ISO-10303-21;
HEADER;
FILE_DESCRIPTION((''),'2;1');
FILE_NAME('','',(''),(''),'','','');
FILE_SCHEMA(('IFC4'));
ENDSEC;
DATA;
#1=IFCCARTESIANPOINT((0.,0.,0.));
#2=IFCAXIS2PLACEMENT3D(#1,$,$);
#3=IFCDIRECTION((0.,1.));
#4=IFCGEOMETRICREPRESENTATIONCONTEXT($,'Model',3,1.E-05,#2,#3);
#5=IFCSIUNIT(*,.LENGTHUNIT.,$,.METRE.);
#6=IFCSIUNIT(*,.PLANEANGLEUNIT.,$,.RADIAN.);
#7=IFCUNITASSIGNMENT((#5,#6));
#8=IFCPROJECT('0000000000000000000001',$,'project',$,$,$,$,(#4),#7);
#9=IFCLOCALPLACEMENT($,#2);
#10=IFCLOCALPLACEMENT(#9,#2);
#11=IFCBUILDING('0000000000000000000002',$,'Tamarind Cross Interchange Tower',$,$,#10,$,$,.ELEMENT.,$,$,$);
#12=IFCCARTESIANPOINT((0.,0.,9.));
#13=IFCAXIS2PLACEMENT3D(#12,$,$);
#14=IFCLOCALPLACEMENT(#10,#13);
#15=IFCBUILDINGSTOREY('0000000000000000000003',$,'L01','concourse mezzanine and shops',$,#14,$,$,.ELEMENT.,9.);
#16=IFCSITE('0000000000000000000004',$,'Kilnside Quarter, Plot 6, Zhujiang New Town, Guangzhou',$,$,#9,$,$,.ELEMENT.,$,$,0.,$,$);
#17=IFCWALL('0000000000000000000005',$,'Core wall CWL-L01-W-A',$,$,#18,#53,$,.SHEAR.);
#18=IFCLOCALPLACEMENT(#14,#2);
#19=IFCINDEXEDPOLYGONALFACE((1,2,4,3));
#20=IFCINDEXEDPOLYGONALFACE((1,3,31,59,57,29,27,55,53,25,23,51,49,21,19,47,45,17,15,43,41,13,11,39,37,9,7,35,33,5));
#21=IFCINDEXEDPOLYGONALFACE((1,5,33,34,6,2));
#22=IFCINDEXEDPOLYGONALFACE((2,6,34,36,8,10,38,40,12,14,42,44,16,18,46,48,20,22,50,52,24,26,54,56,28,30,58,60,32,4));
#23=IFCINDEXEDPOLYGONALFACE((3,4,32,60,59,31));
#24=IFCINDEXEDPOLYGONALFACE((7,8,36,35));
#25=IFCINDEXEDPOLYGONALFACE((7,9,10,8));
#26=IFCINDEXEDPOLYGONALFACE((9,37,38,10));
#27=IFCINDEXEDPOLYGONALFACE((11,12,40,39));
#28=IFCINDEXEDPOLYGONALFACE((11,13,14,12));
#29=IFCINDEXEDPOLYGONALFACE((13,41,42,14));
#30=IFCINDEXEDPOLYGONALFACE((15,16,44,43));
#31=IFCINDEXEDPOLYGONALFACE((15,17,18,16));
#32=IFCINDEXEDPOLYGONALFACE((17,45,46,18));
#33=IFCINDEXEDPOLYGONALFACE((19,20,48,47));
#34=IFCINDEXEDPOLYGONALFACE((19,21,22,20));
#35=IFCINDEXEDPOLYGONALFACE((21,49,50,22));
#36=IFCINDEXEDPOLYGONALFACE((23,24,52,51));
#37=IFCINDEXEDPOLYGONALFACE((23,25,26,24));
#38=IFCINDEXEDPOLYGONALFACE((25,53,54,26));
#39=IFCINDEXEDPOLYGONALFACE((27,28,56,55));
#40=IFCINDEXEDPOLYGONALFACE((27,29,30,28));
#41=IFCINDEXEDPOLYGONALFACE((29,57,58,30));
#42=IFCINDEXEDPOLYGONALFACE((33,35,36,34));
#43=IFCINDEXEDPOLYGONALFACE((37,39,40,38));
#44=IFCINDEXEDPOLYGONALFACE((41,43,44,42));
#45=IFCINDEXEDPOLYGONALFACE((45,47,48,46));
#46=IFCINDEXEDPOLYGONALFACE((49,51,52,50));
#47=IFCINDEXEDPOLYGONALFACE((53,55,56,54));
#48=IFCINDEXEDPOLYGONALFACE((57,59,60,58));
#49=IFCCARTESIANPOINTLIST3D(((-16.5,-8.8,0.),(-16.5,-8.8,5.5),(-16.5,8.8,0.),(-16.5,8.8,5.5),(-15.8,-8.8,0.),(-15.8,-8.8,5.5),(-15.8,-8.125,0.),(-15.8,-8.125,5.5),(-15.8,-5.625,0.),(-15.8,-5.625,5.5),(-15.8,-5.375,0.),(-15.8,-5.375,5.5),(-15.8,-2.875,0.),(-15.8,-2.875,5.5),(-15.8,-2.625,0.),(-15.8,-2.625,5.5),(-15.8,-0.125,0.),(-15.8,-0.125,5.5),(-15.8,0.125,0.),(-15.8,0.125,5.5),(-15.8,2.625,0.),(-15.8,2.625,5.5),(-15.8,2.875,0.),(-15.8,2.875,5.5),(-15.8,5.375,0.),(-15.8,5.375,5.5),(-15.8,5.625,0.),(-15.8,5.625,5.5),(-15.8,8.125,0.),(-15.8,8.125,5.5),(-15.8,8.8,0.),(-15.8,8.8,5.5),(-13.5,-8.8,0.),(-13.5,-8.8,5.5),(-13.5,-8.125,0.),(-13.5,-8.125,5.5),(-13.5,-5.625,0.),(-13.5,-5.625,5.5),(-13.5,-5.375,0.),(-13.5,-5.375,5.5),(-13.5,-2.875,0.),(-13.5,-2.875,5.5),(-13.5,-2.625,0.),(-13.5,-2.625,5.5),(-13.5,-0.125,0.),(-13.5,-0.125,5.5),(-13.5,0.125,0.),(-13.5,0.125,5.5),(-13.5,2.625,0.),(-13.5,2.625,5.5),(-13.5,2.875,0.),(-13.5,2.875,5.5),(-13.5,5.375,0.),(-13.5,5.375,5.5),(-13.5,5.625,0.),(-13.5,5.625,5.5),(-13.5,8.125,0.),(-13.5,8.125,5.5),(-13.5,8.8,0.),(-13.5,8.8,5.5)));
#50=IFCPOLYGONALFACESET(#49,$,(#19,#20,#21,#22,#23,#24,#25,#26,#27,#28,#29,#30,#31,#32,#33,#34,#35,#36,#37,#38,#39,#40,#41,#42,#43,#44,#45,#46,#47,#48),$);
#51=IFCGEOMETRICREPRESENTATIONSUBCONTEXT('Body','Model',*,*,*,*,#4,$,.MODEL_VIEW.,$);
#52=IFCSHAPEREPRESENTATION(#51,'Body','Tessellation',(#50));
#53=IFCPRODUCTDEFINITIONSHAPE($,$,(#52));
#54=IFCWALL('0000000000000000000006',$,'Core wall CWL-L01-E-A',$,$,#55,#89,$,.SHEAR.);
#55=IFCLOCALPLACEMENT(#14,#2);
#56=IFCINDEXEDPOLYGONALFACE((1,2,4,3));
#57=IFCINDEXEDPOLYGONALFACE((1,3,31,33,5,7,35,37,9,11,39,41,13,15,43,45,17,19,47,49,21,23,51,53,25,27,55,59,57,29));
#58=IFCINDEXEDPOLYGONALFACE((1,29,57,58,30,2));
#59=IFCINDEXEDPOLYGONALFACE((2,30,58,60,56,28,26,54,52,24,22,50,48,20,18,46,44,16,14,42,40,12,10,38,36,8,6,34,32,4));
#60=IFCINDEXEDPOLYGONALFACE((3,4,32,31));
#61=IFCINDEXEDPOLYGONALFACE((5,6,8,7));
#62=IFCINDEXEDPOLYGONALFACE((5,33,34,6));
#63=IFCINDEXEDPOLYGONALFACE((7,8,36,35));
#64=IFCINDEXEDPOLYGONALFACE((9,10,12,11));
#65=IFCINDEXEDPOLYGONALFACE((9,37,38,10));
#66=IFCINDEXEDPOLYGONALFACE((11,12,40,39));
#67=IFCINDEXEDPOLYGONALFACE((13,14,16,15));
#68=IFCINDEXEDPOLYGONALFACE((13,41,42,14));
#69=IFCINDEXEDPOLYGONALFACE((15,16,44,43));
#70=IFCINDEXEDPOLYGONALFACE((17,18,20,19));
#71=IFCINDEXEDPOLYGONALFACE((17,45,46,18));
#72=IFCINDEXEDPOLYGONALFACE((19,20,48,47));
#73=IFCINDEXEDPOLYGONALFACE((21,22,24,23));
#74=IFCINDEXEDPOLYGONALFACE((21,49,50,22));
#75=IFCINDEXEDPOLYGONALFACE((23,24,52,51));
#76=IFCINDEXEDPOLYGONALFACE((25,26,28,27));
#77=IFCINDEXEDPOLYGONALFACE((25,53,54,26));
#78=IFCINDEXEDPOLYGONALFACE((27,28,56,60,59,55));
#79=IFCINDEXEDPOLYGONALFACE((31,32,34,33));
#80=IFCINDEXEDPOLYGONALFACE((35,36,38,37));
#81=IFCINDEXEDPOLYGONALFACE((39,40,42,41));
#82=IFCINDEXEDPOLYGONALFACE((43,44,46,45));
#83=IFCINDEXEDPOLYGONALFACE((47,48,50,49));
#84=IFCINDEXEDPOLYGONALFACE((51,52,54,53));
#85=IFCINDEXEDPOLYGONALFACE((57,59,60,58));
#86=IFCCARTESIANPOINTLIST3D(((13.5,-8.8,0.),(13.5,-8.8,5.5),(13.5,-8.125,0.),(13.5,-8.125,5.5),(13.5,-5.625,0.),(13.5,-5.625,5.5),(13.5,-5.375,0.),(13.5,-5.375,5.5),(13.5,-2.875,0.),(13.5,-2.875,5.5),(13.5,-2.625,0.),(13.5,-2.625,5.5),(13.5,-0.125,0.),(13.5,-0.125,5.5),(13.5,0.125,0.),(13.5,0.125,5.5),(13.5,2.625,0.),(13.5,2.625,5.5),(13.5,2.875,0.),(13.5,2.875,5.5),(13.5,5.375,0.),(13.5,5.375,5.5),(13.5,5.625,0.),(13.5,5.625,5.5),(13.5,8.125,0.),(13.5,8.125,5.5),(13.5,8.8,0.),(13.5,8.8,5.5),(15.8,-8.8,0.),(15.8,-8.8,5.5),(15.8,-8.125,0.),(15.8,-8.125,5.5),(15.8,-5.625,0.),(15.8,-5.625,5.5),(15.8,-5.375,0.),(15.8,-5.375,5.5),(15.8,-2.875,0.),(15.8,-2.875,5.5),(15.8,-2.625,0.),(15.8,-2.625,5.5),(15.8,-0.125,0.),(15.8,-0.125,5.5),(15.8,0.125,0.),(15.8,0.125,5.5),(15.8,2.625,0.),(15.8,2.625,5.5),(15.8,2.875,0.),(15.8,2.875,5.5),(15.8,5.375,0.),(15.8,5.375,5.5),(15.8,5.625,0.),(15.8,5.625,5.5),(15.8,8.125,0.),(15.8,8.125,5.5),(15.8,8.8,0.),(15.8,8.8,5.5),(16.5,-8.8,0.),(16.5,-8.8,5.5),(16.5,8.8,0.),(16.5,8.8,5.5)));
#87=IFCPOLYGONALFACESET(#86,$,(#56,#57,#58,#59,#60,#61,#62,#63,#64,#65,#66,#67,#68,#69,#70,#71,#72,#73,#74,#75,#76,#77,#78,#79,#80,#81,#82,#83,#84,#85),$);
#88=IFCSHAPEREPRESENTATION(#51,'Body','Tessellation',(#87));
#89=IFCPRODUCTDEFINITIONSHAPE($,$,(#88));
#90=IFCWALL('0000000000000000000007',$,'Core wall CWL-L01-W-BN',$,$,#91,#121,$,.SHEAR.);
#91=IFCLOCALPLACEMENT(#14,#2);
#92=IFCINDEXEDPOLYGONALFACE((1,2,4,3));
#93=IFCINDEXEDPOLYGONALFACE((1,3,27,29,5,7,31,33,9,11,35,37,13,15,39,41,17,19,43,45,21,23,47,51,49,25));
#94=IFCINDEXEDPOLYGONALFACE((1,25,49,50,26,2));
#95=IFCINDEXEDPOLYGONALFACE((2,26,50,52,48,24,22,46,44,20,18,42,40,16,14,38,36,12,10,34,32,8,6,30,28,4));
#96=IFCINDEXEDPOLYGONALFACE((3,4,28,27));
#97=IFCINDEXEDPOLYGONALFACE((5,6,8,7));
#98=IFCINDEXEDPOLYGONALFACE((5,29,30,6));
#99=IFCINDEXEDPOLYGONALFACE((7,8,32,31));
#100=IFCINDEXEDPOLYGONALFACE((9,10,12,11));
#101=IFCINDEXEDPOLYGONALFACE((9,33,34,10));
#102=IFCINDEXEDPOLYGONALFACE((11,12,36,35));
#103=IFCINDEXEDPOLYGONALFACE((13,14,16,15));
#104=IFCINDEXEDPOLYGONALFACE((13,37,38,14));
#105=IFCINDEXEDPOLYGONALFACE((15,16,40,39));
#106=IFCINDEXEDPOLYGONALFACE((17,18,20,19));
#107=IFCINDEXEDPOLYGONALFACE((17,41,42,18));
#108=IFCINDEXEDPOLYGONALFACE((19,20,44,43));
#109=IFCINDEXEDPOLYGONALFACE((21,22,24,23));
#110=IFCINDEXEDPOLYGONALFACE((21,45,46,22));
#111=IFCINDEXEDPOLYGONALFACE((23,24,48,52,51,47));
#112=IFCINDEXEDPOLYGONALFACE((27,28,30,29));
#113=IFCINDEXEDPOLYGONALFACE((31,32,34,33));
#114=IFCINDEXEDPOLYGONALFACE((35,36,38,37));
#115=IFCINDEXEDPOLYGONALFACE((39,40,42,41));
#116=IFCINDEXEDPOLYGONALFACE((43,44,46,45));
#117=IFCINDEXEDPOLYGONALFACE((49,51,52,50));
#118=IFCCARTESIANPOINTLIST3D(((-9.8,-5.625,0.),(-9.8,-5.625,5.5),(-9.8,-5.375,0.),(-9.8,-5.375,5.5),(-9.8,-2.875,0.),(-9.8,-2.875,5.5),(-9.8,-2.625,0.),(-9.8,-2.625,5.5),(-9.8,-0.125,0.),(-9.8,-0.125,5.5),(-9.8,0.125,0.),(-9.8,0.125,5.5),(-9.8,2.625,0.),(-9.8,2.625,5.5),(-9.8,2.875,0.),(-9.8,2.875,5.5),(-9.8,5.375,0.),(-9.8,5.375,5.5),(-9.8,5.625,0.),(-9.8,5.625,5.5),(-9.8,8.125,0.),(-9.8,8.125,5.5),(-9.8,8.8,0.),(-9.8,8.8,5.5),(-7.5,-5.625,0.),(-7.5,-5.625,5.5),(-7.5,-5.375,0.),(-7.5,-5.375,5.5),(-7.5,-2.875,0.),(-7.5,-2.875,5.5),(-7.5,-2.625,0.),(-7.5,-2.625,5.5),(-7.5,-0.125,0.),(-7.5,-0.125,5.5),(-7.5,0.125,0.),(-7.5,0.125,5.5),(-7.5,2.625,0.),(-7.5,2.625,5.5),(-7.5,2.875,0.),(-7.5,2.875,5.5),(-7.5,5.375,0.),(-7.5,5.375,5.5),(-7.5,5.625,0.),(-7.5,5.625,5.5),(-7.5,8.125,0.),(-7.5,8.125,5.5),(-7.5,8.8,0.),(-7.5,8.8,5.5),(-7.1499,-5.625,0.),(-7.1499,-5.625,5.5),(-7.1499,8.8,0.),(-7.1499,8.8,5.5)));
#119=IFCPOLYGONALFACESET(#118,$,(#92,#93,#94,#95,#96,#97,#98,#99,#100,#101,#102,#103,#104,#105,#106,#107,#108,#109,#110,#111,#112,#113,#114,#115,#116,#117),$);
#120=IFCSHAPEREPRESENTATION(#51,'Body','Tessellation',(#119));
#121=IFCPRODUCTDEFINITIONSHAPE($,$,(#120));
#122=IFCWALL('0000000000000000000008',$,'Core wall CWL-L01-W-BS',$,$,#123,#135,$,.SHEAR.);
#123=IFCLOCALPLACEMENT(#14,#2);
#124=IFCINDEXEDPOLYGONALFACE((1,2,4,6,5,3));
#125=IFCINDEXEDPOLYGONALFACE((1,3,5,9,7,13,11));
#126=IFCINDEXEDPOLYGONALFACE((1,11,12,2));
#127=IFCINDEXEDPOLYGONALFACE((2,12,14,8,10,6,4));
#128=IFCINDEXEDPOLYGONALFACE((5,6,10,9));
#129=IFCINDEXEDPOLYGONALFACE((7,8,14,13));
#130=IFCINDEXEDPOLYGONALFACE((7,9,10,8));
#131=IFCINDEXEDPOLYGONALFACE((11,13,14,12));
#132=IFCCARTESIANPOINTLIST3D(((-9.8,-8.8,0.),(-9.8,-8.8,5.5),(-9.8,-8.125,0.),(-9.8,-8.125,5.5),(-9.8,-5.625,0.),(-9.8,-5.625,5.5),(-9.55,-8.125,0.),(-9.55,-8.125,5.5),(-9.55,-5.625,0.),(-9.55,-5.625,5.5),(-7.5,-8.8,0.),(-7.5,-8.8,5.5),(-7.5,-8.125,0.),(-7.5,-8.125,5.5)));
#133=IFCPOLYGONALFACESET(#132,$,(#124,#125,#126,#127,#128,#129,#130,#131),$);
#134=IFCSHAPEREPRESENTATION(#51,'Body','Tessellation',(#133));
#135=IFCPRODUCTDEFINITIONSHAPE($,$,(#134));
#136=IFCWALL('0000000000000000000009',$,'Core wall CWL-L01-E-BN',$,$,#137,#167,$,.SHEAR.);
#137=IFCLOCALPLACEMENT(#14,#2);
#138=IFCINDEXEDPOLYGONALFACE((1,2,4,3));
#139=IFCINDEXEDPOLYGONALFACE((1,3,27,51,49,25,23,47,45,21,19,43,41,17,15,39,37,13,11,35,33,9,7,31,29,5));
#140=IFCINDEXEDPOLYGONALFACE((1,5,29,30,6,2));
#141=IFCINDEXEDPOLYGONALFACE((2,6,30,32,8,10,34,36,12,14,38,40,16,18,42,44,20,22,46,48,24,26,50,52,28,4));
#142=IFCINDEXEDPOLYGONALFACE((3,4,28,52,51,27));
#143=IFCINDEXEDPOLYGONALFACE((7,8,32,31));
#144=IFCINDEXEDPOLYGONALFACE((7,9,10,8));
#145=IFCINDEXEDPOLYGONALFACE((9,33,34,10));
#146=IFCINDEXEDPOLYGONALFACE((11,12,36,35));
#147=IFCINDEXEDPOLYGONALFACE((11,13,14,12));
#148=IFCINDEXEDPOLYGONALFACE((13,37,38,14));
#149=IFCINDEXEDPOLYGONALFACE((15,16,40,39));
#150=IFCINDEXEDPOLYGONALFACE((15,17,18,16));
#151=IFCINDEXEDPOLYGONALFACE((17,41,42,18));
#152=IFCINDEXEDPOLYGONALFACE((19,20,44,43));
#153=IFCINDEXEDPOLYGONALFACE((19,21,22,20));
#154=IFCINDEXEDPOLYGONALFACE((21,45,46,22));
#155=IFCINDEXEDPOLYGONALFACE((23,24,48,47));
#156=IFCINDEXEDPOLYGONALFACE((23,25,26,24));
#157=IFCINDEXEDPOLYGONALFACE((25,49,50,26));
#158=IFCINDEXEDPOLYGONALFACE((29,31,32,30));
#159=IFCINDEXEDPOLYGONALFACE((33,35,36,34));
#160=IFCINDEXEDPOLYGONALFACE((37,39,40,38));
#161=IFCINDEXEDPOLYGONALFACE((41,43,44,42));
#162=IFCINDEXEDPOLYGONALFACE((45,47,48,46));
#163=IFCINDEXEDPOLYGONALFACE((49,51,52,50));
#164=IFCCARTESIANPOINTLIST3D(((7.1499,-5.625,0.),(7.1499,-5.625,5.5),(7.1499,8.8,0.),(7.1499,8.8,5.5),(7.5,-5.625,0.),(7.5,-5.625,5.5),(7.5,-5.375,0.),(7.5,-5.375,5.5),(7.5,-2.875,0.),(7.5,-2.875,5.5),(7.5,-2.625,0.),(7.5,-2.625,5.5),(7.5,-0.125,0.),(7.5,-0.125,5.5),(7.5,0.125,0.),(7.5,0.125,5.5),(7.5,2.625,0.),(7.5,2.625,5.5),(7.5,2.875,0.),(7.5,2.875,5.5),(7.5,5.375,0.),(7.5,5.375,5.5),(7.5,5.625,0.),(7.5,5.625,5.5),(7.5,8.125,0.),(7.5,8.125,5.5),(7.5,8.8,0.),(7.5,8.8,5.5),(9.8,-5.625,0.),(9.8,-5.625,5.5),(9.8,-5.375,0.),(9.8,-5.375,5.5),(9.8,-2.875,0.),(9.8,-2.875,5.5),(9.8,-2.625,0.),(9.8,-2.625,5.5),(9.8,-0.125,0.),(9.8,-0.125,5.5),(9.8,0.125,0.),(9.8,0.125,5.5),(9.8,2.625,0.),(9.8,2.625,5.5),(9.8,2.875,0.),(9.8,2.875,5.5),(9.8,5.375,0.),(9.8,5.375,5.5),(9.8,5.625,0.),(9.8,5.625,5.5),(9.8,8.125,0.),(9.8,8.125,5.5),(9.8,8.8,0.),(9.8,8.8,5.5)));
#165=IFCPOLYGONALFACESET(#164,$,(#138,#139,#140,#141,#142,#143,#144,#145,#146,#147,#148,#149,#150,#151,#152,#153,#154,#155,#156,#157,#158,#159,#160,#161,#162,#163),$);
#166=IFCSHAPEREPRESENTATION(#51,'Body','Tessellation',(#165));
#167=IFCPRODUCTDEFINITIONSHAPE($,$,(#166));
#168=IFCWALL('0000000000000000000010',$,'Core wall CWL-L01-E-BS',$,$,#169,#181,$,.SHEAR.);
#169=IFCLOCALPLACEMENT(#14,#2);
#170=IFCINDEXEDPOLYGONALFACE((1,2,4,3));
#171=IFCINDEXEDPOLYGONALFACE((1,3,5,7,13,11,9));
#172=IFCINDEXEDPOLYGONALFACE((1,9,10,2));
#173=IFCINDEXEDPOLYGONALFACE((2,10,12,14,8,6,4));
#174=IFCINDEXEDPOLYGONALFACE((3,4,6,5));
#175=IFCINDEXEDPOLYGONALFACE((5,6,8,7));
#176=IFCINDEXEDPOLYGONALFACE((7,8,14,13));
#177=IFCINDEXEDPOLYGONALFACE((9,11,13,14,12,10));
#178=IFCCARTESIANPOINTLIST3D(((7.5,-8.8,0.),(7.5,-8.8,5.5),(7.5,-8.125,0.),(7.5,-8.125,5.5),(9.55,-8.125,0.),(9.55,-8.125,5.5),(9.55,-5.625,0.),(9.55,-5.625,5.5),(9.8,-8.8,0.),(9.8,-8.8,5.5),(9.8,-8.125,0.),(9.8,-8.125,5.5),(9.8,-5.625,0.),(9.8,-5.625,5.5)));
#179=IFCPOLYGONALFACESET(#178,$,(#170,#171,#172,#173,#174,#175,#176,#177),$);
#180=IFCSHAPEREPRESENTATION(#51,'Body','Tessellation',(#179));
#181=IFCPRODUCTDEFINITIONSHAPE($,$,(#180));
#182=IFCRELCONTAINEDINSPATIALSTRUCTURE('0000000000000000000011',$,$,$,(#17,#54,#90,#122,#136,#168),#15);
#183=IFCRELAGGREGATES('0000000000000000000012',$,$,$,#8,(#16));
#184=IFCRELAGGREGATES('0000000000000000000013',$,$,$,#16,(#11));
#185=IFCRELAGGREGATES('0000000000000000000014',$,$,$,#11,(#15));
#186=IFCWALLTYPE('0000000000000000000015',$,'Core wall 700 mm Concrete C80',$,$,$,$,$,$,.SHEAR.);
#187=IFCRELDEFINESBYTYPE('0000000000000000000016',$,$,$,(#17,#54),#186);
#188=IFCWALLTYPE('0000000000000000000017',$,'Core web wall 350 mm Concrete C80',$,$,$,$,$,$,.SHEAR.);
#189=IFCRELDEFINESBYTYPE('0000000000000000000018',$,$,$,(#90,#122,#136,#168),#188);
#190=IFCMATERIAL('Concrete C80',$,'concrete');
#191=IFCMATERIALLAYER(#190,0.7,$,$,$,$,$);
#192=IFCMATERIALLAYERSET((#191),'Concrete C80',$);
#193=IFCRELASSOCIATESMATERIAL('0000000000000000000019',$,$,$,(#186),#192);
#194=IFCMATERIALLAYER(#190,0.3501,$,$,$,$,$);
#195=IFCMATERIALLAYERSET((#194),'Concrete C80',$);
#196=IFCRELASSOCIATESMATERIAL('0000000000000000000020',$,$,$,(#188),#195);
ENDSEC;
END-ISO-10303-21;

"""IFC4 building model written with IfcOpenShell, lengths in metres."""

from ifc_helpers import new_model, si_unit, direction, frame, origin, place, context, subcontext, project, spatial, polyline, outline, extrude, material, layer, layer_set, type_object, element, save


model = new_model("IFC4")

# Units and contexts
model_context = context("Model", 3, precision=1e-05, world=origin(), true_north=direction((0.0, 1.0)))
body_context = subcontext(model_context, "Body", "Model", "MODEL_VIEW")
ifc_project = project(units=[si_unit("LENGTHUNIT", "METRE"), si_unit("PLANEANGLEUNIT", "RADIAN")], contexts=[model_context])

# Site, building, storey
site_placement = place(None, origin())
site = spatial("IfcSite", under=ifc_project, at=site_placement, Name="Kilnside Quarter, Plot 6, Zhujiang New Town, Guangzhou", CompositionType="ELEMENT", RefElevation=0.0)
building_placement = place(site_placement, origin())
building = spatial("IfcBuilding", under=site, at=building_placement, Name="Tamarind Cross Interchange Tower", CompositionType="ELEMENT")
storey_placement = place(building_placement, frame((0.0, 0.0, 9.0)))
storey = spatial("IfcBuildingStorey", under=building, at=storey_placement, Name="L01", Description="concourse mezzanine and shops", CompositionType="ELEMENT", Elevation=9.0)

# Walls
ifc_material_1 = material(Name="Concrete C80", Category="concrete")
ifc_layer_1 = layer(ifc_material_1, 0.7)
ifc_layer_set_1 = layer_set([ifc_layer_1], Name="Concrete C80")
wall_type_1 = type_object("IfcWallType", Name="Core wall 700 mm Concrete C80", PredefinedType="SHEAR", material=ifc_layer_set_1)
wall_1_placement = place(storey_placement, origin())
element("IfcWall", 1, at=wall_1_placement, inside=storey, type_object=wall_type_1, Name="Core wall CWL-L01-W-A", PredefinedType="SHEAR", context=body_context, shape_type="SweptSolid", body=[
    extrude(outline(polyline([(-13.5, -8.8), (-13.5, -8.125), (-15.8, -8.125), (-15.8, -5.625), (-13.5, -5.625), (-13.5, -5.375), (-15.8, -5.375), (-15.8, -2.875), (-13.5, -2.875), (-13.5, -2.625), (-15.8, -2.625), (-15.8, -0.125), (-13.5, -0.125), (-13.5, 0.125), (-15.8, 0.125), (-15.8, 2.625), (-13.5, 2.625), (-13.5, 2.875), (-15.8, 2.875), (-15.8, 5.375), (-13.5, 5.375), (-13.5, 5.625), (-15.8, 5.625), (-15.8, 8.125), (-13.5, 8.125), (-13.5, 8.8), (-15.8, 8.8), (-16.5, 8.8), (-16.5, -8.8), (-15.8, -8.8), (-13.5, -8.8)])), origin(), (0.0, 0.0, 1.0), 5.5),
])
wall_2_placement = place(storey_placement, origin())
element("IfcWall", 2, at=wall_2_placement, inside=storey, type_object=wall_type_1, Name="Core wall CWL-L01-E-A", PredefinedType="SHEAR", context=body_context, shape_type="SweptSolid", body=[
    extrude(outline(polyline([(13.5, -8.8), (15.8, -8.8), (16.5, -8.8), (16.5, 8.8), (15.8, 8.8), (13.5, 8.8), (13.5, 8.125), (15.8, 8.125), (15.8, 5.625), (13.5, 5.625), (13.5, 5.375), (15.8, 5.375), (15.8, 2.875), (13.5, 2.875), (13.5, 2.625), (15.8, 2.625), (15.8, 0.125), (13.5, 0.125), (13.5, -0.125), (15.8, -0.125), (15.8, -2.625), (13.5, -2.625), (13.5, -2.875), (15.8, -2.875), (15.8, -5.375), (13.5, -5.375), (13.5, -5.625), (15.8, -5.625), (15.8, -8.125), (13.5, -8.125), (13.5, -8.8)])), origin(), (0.0, 0.0, 1.0), 5.5),
])
ifc_layer_2 = layer(ifc_material_1, 0.3501)
ifc_layer_set_2 = layer_set([ifc_layer_2], Name="Concrete C80")
wall_type_2 = type_object("IfcWallType", Name="Core web wall 350 mm Concrete C80", PredefinedType="SHEAR", material=ifc_layer_set_2)
wall_3_placement = place(storey_placement, origin())
element("IfcWall", 3, at=wall_3_placement, inside=storey, type_object=wall_type_2, Name="Core wall CWL-L01-W-BN", PredefinedType="SHEAR", context=body_context, shape_type="SweptSolid", body=[
    extrude(outline(polyline([(-9.8, -5.375), (-9.8, -5.625), (-7.5, -5.625), (-7.1499, -5.625), (-7.1499, 8.8), (-7.5, 8.8), (-9.8, 8.8), (-9.8, 8.125), (-7.5, 8.125), (-7.5, 5.625), (-9.8, 5.625), (-9.8, 5.375), (-7.5, 5.375), (-7.5, 2.875), (-9.8, 2.875), (-9.8, 2.625), (-7.5, 2.625), (-7.5, 0.125), (-9.8, 0.125), (-9.8, -0.125), (-7.5, -0.125), (-7.5, -2.625), (-9.8, -2.625), (-9.8, -2.875), (-7.5, -2.875), (-7.5, -5.375), (-9.8, -5.375)])), origin(), (0.0, 0.0, 1.0), 5.5),
])
wall_4_placement = place(storey_placement, origin())
element("IfcWall", 4, at=wall_4_placement, inside=storey, type_object=wall_type_2, Name="Core wall CWL-L01-W-BS", PredefinedType="SHEAR", context=body_context, shape_type="SweptSolid", body=[
    extrude(outline(polyline([(-7.5, -8.125), (-9.55, -8.125), (-9.55, -5.625), (-9.8, -5.625), (-9.8, -8.125), (-9.8, -8.8), (-7.5, -8.8), (-7.5, -8.125)])), origin(), (0.0, 0.0, 1.0), 5.5),
])
wall_5_placement = place(storey_placement, origin())
element("IfcWall", 5, at=wall_5_placement, inside=storey, type_object=wall_type_2, Name="Core wall CWL-L01-E-BN", PredefinedType="SHEAR", context=body_context, shape_type="SweptSolid", body=[
    extrude(outline(polyline([(9.8, -5.375), (7.5, -5.375), (7.5, -2.875), (9.8, -2.875), (9.8, -2.625), (7.5, -2.625), (7.5, -0.125), (9.8, -0.125), (9.8, 0.125), (7.5, 0.125), (7.5, 2.625), (9.8, 2.625), (9.8, 2.875), (7.5, 2.875), (7.5, 5.375), (9.8, 5.375), (9.8, 5.625), (7.5, 5.625), (7.5, 8.125), (9.8, 8.125), (9.8, 8.8), (7.5, 8.8), (7.1499, 8.8), (7.1499, -5.625), (7.5, -5.625), (9.8, -5.625), (9.8, -5.375)])), origin(), (0.0, 0.0, 1.0), 5.5),
])
wall_6_placement = place(storey_placement, origin())
element("IfcWall", 6, at=wall_6_placement, inside=storey, type_object=wall_type_2, Name="Core wall CWL-L01-E-BS", PredefinedType="SHEAR", context=body_context, shape_type="SweptSolid", body=[
    extrude(outline(polyline([(7.5, -8.125), (7.5, -8.8), (9.8, -8.8), (9.8, -8.125), (9.8, -5.625), (9.55, -5.625), (9.55, -8.125), (7.5, -8.125)])), origin(), (0.0, 0.0, 1.0), 5.5),
])

save(model, "model.ifc")
